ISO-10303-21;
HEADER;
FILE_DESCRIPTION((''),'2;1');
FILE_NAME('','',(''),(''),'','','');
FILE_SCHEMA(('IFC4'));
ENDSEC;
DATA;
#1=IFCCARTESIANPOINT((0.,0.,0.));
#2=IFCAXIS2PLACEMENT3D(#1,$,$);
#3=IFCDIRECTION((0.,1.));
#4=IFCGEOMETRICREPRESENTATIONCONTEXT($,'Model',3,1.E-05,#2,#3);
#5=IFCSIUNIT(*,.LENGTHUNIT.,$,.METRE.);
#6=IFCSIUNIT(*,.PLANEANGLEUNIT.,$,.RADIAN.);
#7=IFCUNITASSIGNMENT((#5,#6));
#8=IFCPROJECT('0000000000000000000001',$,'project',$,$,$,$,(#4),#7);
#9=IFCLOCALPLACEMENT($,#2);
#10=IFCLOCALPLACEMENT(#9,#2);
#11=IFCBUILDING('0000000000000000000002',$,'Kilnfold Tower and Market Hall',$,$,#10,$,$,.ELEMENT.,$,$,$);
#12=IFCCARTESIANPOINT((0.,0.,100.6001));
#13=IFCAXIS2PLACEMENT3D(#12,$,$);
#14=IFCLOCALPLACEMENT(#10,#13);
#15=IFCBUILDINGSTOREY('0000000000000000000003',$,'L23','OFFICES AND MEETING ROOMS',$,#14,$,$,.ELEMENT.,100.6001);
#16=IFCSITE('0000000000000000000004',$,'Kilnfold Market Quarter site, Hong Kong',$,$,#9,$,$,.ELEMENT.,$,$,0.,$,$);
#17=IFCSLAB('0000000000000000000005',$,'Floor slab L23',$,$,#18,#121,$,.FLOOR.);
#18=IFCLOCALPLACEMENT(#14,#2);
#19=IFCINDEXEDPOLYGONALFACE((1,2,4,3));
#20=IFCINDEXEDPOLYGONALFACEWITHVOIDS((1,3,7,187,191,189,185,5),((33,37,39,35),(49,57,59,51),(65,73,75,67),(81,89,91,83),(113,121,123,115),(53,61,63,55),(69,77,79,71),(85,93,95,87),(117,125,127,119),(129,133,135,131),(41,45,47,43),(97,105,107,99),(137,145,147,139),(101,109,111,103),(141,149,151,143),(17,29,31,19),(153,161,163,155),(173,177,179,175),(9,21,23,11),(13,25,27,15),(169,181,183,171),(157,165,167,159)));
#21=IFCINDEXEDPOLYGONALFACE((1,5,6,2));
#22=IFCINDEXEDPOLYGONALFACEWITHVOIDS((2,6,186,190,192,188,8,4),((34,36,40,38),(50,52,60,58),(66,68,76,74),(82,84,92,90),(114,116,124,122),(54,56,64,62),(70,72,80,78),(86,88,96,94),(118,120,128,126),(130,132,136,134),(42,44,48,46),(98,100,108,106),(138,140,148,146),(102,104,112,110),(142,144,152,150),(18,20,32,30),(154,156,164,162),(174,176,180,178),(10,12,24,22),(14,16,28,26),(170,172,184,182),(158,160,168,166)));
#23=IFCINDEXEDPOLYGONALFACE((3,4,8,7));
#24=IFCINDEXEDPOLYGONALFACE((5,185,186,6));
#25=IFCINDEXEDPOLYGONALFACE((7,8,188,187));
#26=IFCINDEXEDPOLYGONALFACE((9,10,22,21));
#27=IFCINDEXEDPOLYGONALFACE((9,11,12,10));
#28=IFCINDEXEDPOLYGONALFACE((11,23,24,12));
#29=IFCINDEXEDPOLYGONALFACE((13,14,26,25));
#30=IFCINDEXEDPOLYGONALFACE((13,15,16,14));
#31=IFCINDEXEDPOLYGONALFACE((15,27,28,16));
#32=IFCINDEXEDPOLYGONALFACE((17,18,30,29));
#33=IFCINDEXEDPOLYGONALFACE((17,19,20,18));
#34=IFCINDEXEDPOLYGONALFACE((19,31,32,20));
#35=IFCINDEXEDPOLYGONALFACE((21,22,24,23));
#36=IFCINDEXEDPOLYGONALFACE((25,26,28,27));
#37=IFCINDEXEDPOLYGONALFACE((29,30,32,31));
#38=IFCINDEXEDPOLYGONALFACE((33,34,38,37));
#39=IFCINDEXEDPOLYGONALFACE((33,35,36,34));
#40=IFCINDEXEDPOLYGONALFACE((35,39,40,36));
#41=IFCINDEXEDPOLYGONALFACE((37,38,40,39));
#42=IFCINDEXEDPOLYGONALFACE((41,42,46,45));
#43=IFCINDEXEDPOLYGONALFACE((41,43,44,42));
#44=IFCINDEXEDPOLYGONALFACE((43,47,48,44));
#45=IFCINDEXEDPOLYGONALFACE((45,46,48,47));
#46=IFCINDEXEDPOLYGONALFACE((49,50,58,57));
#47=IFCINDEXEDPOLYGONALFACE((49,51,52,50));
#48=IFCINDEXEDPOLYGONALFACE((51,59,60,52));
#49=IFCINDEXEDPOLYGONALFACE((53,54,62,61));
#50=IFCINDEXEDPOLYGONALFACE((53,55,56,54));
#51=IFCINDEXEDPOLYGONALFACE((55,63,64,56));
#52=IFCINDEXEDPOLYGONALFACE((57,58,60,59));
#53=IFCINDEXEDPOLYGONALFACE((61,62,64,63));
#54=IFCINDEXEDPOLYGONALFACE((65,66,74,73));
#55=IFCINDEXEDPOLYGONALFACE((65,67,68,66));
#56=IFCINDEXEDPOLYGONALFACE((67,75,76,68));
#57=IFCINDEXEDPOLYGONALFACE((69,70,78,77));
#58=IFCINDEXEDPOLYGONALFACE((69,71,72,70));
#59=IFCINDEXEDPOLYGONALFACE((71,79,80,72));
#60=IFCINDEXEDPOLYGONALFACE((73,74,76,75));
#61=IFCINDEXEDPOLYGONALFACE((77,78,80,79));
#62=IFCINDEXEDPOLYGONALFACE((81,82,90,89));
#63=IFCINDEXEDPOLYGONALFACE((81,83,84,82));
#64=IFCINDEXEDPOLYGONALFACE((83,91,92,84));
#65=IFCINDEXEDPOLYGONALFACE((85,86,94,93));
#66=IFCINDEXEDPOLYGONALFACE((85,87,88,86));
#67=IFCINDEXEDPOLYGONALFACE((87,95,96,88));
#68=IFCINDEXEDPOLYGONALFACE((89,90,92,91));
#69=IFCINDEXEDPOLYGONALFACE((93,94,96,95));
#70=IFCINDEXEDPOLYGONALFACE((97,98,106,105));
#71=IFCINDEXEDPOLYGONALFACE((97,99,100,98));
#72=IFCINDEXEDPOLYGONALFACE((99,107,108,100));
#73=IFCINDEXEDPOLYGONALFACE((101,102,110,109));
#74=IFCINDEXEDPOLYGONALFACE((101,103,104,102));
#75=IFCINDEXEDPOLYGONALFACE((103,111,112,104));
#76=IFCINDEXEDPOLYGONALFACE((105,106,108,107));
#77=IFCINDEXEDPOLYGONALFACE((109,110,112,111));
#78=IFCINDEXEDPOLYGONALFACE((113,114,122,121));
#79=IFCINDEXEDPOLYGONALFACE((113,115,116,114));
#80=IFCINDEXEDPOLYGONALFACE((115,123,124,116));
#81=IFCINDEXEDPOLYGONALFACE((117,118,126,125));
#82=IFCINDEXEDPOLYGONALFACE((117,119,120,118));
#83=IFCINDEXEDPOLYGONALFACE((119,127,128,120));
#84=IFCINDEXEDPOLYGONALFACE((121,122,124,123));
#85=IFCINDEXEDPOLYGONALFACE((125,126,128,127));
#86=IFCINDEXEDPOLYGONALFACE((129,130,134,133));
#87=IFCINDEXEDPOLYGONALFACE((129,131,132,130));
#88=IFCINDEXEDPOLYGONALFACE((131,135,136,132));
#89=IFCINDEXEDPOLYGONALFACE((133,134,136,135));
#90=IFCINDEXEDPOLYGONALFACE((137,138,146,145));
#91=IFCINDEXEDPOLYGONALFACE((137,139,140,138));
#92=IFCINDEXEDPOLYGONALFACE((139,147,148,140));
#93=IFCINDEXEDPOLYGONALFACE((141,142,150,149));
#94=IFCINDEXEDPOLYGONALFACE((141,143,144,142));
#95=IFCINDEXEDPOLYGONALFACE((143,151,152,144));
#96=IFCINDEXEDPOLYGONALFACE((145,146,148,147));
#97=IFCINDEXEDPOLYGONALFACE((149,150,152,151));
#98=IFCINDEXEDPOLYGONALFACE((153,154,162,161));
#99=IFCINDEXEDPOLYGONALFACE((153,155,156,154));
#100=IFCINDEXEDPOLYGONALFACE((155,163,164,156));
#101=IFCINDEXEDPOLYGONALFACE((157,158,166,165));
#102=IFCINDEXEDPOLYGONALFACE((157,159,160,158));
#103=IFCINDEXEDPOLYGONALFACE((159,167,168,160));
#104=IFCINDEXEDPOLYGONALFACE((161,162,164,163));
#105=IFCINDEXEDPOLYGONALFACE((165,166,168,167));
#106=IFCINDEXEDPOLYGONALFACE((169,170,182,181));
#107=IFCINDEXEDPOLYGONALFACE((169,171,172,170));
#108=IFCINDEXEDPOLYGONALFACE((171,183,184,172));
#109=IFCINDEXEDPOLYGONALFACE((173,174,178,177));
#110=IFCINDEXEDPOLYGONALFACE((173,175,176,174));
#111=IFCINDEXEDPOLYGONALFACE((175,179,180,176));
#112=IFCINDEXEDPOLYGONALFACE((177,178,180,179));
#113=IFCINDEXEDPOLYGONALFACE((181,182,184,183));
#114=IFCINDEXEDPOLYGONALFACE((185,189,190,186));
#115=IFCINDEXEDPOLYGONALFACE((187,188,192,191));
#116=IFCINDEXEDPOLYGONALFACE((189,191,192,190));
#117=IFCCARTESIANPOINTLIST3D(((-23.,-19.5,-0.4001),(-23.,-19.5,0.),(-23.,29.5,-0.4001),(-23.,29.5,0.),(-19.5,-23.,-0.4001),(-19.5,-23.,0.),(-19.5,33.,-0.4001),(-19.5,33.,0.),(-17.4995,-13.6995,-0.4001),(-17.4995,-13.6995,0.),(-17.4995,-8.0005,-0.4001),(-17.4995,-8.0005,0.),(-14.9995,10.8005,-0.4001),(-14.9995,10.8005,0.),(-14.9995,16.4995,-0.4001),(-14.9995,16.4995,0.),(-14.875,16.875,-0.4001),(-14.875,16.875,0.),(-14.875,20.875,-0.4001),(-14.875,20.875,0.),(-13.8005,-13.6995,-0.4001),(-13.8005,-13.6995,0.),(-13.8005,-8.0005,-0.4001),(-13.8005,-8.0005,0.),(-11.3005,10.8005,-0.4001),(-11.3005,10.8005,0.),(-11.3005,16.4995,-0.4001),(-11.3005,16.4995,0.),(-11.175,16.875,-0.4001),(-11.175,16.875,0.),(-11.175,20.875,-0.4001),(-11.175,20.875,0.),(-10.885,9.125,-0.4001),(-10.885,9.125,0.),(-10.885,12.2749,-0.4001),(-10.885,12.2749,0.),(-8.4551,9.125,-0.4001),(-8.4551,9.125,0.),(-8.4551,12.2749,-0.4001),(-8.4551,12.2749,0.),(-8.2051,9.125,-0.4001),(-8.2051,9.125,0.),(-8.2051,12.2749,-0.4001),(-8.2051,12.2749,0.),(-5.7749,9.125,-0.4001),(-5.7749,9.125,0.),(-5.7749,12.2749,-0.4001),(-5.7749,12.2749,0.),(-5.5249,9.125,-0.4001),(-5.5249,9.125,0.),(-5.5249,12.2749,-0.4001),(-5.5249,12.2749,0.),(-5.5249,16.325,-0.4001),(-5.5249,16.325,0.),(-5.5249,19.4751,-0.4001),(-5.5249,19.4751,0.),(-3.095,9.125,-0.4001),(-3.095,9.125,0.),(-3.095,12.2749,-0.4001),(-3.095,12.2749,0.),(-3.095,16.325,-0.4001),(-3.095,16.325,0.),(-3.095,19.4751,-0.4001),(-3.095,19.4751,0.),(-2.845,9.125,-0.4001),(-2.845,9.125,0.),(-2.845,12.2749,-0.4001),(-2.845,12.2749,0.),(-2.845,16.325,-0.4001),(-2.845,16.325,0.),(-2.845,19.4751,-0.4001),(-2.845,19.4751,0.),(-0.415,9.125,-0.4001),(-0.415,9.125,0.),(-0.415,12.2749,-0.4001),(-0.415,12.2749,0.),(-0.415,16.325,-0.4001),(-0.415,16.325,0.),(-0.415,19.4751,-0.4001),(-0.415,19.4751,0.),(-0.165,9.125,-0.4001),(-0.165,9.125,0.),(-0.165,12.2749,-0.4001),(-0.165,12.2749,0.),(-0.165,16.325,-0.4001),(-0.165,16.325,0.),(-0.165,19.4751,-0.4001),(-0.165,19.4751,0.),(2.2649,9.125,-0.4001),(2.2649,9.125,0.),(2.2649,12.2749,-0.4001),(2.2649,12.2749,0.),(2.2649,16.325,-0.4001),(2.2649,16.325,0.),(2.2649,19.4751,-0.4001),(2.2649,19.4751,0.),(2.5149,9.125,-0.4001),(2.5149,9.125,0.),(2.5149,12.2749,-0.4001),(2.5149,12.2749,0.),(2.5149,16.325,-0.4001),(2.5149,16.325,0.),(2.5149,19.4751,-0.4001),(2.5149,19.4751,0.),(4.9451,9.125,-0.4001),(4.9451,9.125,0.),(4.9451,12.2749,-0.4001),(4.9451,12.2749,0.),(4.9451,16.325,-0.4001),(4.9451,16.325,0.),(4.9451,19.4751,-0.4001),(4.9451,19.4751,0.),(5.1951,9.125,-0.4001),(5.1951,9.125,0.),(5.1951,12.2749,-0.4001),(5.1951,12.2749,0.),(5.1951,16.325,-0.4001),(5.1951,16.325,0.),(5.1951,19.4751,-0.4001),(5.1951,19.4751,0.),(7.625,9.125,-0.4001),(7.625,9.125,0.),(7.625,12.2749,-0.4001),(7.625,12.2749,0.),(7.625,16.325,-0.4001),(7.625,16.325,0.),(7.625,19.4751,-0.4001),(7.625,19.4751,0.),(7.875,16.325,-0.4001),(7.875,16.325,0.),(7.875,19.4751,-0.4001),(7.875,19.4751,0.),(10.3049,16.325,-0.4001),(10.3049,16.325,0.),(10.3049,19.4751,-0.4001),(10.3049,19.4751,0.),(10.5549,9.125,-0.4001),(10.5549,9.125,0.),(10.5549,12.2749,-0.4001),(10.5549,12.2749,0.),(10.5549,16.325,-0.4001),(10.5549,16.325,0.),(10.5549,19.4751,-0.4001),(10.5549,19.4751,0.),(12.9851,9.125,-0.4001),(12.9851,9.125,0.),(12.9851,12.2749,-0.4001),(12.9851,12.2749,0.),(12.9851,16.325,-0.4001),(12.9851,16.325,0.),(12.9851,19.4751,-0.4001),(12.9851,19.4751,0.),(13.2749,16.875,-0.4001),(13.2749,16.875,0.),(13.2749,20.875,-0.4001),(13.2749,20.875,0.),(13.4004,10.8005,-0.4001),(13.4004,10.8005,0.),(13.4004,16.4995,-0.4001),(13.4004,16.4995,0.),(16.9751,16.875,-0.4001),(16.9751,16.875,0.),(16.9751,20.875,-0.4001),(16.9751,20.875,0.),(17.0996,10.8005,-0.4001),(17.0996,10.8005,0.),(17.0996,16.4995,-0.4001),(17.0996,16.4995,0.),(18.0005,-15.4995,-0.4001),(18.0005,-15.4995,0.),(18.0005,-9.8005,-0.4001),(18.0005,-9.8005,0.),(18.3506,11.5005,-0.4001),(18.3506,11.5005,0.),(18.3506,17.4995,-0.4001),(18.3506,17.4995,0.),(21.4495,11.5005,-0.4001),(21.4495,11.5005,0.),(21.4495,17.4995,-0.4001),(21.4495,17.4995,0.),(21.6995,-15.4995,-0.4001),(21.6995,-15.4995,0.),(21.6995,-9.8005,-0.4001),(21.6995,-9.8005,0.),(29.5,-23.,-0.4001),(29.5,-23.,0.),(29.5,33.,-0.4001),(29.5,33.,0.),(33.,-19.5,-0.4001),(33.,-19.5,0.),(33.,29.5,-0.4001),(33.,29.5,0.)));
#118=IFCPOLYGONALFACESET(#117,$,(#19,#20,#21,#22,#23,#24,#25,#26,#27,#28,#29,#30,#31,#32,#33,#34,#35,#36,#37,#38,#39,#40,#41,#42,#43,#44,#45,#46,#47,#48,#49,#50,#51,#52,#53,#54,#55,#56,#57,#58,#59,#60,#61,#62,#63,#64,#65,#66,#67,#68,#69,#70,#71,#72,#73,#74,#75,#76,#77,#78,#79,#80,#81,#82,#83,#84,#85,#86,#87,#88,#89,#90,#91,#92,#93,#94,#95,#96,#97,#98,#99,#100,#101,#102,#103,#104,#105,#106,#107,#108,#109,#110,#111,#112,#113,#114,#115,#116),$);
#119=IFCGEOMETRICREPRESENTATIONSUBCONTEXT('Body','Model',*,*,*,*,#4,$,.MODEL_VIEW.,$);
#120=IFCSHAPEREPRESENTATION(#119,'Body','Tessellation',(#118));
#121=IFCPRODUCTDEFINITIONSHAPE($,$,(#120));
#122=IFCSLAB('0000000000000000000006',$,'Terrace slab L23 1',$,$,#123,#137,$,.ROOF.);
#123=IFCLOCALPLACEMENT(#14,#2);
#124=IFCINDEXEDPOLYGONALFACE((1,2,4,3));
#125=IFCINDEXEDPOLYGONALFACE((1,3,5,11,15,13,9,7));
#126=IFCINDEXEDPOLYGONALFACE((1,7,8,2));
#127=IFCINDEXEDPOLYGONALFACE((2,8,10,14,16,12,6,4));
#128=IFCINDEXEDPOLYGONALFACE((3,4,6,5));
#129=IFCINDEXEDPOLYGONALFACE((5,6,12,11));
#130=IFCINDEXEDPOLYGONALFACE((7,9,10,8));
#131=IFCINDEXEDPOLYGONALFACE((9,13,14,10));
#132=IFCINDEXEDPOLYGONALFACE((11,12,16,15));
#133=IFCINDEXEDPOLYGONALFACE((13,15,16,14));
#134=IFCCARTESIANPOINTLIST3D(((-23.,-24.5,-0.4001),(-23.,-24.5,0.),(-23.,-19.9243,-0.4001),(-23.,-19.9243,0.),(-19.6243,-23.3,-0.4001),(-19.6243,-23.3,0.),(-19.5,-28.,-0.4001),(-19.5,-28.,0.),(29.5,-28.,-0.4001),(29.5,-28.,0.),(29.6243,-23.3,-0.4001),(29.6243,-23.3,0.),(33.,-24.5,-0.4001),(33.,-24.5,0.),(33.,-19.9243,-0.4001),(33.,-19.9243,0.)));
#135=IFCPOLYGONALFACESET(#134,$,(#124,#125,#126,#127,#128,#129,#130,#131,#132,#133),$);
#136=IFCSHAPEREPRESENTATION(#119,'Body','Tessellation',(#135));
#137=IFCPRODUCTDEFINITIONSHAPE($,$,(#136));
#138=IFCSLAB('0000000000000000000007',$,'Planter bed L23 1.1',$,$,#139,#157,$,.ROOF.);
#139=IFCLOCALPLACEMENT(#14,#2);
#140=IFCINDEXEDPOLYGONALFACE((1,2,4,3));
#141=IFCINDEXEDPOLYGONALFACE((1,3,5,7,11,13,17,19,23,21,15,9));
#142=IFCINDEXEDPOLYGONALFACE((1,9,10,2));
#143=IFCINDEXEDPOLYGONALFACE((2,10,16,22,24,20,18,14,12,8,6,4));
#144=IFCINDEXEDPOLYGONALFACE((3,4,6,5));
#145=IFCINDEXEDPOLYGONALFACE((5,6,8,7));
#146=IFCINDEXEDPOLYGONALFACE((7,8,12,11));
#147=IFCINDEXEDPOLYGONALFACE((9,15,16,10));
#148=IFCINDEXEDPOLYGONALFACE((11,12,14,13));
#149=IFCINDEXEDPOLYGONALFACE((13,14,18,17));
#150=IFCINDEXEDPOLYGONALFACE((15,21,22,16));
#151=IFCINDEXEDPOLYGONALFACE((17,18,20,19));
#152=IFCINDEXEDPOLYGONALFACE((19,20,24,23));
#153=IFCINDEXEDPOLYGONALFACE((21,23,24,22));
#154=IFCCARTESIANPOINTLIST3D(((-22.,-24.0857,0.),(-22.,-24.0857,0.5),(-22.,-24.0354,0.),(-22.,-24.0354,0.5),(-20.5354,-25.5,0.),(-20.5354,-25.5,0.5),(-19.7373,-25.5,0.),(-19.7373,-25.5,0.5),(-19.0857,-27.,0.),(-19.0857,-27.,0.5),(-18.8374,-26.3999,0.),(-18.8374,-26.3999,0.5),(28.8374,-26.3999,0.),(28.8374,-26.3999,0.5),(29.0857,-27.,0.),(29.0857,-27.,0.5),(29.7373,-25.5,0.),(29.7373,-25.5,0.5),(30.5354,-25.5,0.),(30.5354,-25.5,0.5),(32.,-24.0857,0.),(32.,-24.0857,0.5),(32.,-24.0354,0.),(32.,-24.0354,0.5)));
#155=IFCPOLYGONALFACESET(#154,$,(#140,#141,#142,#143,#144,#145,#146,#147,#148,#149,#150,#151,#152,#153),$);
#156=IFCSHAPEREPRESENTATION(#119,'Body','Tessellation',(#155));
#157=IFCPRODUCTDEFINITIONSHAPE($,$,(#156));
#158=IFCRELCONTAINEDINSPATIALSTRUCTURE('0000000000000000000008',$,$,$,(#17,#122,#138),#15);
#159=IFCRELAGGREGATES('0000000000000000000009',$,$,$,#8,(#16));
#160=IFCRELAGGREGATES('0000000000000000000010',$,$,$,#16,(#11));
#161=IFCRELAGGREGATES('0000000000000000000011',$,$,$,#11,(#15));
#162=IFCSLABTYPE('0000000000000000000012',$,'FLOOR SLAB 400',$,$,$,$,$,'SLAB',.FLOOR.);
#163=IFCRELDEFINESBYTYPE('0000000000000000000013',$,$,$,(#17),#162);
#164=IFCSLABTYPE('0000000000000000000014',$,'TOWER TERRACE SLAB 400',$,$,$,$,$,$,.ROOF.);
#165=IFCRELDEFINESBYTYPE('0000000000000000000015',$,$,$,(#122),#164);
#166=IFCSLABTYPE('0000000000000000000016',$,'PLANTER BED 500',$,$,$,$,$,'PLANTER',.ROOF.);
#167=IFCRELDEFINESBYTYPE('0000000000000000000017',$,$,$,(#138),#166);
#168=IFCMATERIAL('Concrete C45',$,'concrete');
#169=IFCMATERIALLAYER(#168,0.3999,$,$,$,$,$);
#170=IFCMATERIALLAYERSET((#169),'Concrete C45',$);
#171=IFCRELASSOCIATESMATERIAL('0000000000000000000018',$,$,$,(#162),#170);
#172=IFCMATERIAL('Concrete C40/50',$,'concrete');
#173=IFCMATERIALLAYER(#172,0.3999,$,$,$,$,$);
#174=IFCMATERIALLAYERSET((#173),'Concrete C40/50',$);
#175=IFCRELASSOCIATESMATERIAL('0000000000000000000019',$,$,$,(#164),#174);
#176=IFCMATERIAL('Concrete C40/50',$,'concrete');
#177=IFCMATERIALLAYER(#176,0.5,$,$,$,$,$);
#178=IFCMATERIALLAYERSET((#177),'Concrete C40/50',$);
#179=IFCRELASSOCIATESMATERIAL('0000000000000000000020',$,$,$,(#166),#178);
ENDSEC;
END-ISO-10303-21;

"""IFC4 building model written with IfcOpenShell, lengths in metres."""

from ifc_helpers import new_model, si_unit, direction, frame, origin, place, context, subcontext, project, spatial, polyline, outline, extrude, source, transform, mapped, material, layer, layer_set, type_object, element, save


model = new_model("IFC4")

# Units and contexts
model_context = context("Model", 3, precision=1e-05, world=origin(), true_north=direction((0.0, 1.0)))
body_context = subcontext(model_context, "Body", "Model", "MODEL_VIEW")
ifc_project = project(units=[si_unit("LENGTHUNIT", "METRE"), si_unit("PLANEANGLEUNIT", "RADIAN")], contexts=[model_context])

# Site, building, storey
site_placement = place(None, origin())
site = spatial("IfcSite", under=ifc_project, at=site_placement, Name="Kilnfold Market Quarter site, Hong Kong", CompositionType="ELEMENT", RefElevation=0.0)
building_placement = place(site_placement, origin())
building = spatial("IfcBuilding", under=site, at=building_placement, Name="Kilnfold Tower and Market Hall", CompositionType="ELEMENT")
storey_placement = place(building_placement, frame((0.0, 0.0, 100.6001)))
storey = spatial("IfcBuildingStorey", under=building, at=storey_placement, Name="L23", Description="OFFICES AND MEETING ROOMS", CompositionType="ELEMENT", Elevation=100.6001)

# Slabs
ifc_material_1 = material(Name="Concrete C45", Category="concrete")
ifc_layer_1 = layer(ifc_material_1, 0.3999)
ifc_layer_set_1 = layer_set([ifc_layer_1], Name="Concrete C45")
slab_type_1 = type_object("IfcSlabType", Name="FLOOR SLAB 400", ElementType="SLAB", PredefinedType="FLOOR", material=ifc_layer_set_1)
shared_shape_1 = source(origin(), body_context, "Body", "SweptSolid", [
    extrude(outline(polyline([(-19.5, -23.0), (29.5, -23.0), (33.0, -19.5), (33.0, 29.5), (29.5, 33.0), (-19.5, 33.0), (-23.0, 29.5), (-23.0, -19.5), (-19.5, -23.0)]), holes=[polyline([(-13.8005, -13.6995), (-17.4995, -13.6995), (-17.4995, -8.0005), (-13.8005, -8.0005), (-13.8005, -13.6995)]), polyline([(-14.9995, 10.8005), (-14.9995, 16.4995), (-11.3005, 16.4995), (-11.3005, 10.8005), (-14.9995, 10.8005)]), polyline([(-14.875, 16.875), (-14.875, 20.875), (-11.175, 20.875), (-11.175, 16.875), (-14.875, 16.875)]), polyline([(-8.4551, 9.125), (-10.885, 9.125), (-10.885, 12.2749), (-8.4551, 12.2749), (-8.4551, 9.125)]), polyline([(-5.7749, 9.125), (-8.2051, 9.125), (-8.2051, 12.2749), (-5.7749, 12.2749), (-5.7749, 9.125)]), polyline([(-5.5249, 9.125), (-5.5249, 12.2749), (-3.095, 12.2749), (-3.095, 9.125), (-5.5249, 9.125)]), polyline([(-5.5249, 16.325), (-5.5249, 19.4751), (-3.095, 19.4751), (-3.095, 16.325), (-5.5249, 16.325)]), polyline([(-2.845, 9.125), (-2.845, 12.2749), (-0.415, 12.2749), (-0.415, 9.125), (-2.845, 9.125)]), polyline([(-0.415, 16.325), (-2.845, 16.325), (-2.845, 19.4751), (-0.415, 19.4751), (-0.415, 16.325)]), polyline([(2.2649, 9.125), (-0.165, 9.125), (-0.165, 12.2749), (2.2649, 12.2749), (2.2649, 9.125)]), polyline([(-0.165, 16.325), (-0.165, 19.4751), (2.2649, 19.4751), (2.2649, 16.325), (-0.165, 16.325)]), polyline([(4.9451, 9.125), (2.5149, 9.125), (2.5149, 12.2749), (4.9451, 12.2749), (4.9451, 9.125)]), polyline([(2.5149, 16.325), (2.5149, 19.4751), (4.9451, 19.4751), (4.9451, 16.325), (2.5149, 16.325)]), polyline([(7.625, 9.125), (5.1951, 9.125), (5.1951, 12.2749), (7.625, 12.2749), (7.625, 9.125)]), polyline([(5.1951, 16.325), (5.1951, 19.4751), (7.625, 19.4751), (7.625, 16.325), (5.1951, 16.325)]), polyline([(10.3049, 16.325), (7.875, 16.325), (7.875, 19.4751), (10.3049, 19.4751), (10.3049, 16.325)]), polyline([(10.5549, 9.125), (10.5549, 12.2749), (12.9851, 12.2749), (12.9851, 9.125), (10.5549, 9.125)]), polyline([(10.5549, 16.325), (10.5549, 19.4751), (12.9851, 19.4751), (12.9851, 16.325), (10.5549, 16.325)]), polyline([(13.2749, 16.875), (13.2749, 20.875), (16.9751, 20.875), (16.9751, 16.875), (13.2749, 16.875)]), polyline([(13.4004, 10.8005), (13.4004, 16.4995), (17.0996, 16.4995), (17.0996, 10.8005), (13.4004, 10.8005)]), polyline([(18.0005, -9.8005), (21.6995, -9.8005), (21.6995, -15.4995), (18.0005, -15.4995), (18.0005, -9.8005)]), polyline([(21.4495, 11.5005), (18.3506, 11.5005), (18.3506, 17.4995), (21.4495, 17.4995), (21.4495, 11.5005)])]), origin(), (0.0, 0.0, 1.0), 0.4001),
])
slab_1_placement = place(storey_placement, frame((0.0, 0.0, -0.4001)))
element("IfcSlab", 1, at=slab_1_placement, inside=storey, type_object=slab_type_1, Name="Floor slab L23", PredefinedType="FLOOR", context=body_context, shape_type="MappedRepresentation", body=[
    mapped(shared_shape_1, transform((0.0, 0.0, 0.0))),
])
ifc_material_2 = material(Name="Concrete C40/50", Category="concrete")
ifc_layer_2 = layer(ifc_material_2, 0.3999)
ifc_layer_set_2 = layer_set([ifc_layer_2], Name="Concrete C40/50")
slab_type_2 = type_object("IfcSlabType", Name="TOWER TERRACE SLAB 400", PredefinedType="ROOF", material=ifc_layer_set_2)
shared_shape_2 = source(origin(), body_context, "Body", "SweptSolid", [
    extrude(outline(polyline([(33.0, -24.5), (29.5, -28.0), (-19.5, -28.0), (-23.0, -24.5), (-23.0, -19.9243), (-19.6243, -23.3), (29.6243, -23.3), (33.0, -19.9243), (33.0, -24.5)])), origin(), (0.0, 0.0, 1.0), 0.4001),
])
slab_2_placement = place(storey_placement, frame((0.0, 0.0, -0.4001)))
element("IfcSlab", 2, at=slab_2_placement, inside=storey, type_object=slab_type_2, Name="Terrace slab L23 1", PredefinedType="ROOF", context=body_context, shape_type="MappedRepresentation", body=[
    mapped(shared_shape_2, transform((0.0, 0.0, 0.0))),
])
ifc_material_3 = material(Name="Concrete C40/50", Category="concrete")
ifc_layer_3 = layer(ifc_material_3, 0.5)
ifc_layer_set_3 = layer_set([ifc_layer_3], Name="Concrete C40/50")
slab_type_3 = type_object("IfcSlabType", Name="PLANTER BED 500", ElementType="PLANTER", PredefinedType="ROOF", material=ifc_layer_set_3)
shared_shape_3 = source(origin(), body_context, "Body", "SweptSolid", [
    extrude(outline(polyline([(-19.0857, -27.0), (-22.0, -24.0857), (-22.0, -24.0354), (-20.5354, -25.5), (-19.7373, -25.5), (-18.8374, -26.3999), (28.8374, -26.3999), (29.7373, -25.5), (30.5354, -25.5), (32.0, -24.0354), (32.0, -24.0857), (29.0857, -27.0), (-19.0857, -27.0)])), origin(), (0.0, 0.0, 1.0), 0.5),
])
slab_3_placement = place(storey_placement, origin())
element("IfcSlab", 3, at=slab_3_placement, inside=storey, type_object=slab_type_3, Name="Planter bed L23 1.1", PredefinedType="ROOF", context=body_context, shape_type="MappedRepresentation", body=[
    mapped(shared_shape_3, transform((0.0, 0.0, 0.0))),
])

save(model, "model.ifc")
